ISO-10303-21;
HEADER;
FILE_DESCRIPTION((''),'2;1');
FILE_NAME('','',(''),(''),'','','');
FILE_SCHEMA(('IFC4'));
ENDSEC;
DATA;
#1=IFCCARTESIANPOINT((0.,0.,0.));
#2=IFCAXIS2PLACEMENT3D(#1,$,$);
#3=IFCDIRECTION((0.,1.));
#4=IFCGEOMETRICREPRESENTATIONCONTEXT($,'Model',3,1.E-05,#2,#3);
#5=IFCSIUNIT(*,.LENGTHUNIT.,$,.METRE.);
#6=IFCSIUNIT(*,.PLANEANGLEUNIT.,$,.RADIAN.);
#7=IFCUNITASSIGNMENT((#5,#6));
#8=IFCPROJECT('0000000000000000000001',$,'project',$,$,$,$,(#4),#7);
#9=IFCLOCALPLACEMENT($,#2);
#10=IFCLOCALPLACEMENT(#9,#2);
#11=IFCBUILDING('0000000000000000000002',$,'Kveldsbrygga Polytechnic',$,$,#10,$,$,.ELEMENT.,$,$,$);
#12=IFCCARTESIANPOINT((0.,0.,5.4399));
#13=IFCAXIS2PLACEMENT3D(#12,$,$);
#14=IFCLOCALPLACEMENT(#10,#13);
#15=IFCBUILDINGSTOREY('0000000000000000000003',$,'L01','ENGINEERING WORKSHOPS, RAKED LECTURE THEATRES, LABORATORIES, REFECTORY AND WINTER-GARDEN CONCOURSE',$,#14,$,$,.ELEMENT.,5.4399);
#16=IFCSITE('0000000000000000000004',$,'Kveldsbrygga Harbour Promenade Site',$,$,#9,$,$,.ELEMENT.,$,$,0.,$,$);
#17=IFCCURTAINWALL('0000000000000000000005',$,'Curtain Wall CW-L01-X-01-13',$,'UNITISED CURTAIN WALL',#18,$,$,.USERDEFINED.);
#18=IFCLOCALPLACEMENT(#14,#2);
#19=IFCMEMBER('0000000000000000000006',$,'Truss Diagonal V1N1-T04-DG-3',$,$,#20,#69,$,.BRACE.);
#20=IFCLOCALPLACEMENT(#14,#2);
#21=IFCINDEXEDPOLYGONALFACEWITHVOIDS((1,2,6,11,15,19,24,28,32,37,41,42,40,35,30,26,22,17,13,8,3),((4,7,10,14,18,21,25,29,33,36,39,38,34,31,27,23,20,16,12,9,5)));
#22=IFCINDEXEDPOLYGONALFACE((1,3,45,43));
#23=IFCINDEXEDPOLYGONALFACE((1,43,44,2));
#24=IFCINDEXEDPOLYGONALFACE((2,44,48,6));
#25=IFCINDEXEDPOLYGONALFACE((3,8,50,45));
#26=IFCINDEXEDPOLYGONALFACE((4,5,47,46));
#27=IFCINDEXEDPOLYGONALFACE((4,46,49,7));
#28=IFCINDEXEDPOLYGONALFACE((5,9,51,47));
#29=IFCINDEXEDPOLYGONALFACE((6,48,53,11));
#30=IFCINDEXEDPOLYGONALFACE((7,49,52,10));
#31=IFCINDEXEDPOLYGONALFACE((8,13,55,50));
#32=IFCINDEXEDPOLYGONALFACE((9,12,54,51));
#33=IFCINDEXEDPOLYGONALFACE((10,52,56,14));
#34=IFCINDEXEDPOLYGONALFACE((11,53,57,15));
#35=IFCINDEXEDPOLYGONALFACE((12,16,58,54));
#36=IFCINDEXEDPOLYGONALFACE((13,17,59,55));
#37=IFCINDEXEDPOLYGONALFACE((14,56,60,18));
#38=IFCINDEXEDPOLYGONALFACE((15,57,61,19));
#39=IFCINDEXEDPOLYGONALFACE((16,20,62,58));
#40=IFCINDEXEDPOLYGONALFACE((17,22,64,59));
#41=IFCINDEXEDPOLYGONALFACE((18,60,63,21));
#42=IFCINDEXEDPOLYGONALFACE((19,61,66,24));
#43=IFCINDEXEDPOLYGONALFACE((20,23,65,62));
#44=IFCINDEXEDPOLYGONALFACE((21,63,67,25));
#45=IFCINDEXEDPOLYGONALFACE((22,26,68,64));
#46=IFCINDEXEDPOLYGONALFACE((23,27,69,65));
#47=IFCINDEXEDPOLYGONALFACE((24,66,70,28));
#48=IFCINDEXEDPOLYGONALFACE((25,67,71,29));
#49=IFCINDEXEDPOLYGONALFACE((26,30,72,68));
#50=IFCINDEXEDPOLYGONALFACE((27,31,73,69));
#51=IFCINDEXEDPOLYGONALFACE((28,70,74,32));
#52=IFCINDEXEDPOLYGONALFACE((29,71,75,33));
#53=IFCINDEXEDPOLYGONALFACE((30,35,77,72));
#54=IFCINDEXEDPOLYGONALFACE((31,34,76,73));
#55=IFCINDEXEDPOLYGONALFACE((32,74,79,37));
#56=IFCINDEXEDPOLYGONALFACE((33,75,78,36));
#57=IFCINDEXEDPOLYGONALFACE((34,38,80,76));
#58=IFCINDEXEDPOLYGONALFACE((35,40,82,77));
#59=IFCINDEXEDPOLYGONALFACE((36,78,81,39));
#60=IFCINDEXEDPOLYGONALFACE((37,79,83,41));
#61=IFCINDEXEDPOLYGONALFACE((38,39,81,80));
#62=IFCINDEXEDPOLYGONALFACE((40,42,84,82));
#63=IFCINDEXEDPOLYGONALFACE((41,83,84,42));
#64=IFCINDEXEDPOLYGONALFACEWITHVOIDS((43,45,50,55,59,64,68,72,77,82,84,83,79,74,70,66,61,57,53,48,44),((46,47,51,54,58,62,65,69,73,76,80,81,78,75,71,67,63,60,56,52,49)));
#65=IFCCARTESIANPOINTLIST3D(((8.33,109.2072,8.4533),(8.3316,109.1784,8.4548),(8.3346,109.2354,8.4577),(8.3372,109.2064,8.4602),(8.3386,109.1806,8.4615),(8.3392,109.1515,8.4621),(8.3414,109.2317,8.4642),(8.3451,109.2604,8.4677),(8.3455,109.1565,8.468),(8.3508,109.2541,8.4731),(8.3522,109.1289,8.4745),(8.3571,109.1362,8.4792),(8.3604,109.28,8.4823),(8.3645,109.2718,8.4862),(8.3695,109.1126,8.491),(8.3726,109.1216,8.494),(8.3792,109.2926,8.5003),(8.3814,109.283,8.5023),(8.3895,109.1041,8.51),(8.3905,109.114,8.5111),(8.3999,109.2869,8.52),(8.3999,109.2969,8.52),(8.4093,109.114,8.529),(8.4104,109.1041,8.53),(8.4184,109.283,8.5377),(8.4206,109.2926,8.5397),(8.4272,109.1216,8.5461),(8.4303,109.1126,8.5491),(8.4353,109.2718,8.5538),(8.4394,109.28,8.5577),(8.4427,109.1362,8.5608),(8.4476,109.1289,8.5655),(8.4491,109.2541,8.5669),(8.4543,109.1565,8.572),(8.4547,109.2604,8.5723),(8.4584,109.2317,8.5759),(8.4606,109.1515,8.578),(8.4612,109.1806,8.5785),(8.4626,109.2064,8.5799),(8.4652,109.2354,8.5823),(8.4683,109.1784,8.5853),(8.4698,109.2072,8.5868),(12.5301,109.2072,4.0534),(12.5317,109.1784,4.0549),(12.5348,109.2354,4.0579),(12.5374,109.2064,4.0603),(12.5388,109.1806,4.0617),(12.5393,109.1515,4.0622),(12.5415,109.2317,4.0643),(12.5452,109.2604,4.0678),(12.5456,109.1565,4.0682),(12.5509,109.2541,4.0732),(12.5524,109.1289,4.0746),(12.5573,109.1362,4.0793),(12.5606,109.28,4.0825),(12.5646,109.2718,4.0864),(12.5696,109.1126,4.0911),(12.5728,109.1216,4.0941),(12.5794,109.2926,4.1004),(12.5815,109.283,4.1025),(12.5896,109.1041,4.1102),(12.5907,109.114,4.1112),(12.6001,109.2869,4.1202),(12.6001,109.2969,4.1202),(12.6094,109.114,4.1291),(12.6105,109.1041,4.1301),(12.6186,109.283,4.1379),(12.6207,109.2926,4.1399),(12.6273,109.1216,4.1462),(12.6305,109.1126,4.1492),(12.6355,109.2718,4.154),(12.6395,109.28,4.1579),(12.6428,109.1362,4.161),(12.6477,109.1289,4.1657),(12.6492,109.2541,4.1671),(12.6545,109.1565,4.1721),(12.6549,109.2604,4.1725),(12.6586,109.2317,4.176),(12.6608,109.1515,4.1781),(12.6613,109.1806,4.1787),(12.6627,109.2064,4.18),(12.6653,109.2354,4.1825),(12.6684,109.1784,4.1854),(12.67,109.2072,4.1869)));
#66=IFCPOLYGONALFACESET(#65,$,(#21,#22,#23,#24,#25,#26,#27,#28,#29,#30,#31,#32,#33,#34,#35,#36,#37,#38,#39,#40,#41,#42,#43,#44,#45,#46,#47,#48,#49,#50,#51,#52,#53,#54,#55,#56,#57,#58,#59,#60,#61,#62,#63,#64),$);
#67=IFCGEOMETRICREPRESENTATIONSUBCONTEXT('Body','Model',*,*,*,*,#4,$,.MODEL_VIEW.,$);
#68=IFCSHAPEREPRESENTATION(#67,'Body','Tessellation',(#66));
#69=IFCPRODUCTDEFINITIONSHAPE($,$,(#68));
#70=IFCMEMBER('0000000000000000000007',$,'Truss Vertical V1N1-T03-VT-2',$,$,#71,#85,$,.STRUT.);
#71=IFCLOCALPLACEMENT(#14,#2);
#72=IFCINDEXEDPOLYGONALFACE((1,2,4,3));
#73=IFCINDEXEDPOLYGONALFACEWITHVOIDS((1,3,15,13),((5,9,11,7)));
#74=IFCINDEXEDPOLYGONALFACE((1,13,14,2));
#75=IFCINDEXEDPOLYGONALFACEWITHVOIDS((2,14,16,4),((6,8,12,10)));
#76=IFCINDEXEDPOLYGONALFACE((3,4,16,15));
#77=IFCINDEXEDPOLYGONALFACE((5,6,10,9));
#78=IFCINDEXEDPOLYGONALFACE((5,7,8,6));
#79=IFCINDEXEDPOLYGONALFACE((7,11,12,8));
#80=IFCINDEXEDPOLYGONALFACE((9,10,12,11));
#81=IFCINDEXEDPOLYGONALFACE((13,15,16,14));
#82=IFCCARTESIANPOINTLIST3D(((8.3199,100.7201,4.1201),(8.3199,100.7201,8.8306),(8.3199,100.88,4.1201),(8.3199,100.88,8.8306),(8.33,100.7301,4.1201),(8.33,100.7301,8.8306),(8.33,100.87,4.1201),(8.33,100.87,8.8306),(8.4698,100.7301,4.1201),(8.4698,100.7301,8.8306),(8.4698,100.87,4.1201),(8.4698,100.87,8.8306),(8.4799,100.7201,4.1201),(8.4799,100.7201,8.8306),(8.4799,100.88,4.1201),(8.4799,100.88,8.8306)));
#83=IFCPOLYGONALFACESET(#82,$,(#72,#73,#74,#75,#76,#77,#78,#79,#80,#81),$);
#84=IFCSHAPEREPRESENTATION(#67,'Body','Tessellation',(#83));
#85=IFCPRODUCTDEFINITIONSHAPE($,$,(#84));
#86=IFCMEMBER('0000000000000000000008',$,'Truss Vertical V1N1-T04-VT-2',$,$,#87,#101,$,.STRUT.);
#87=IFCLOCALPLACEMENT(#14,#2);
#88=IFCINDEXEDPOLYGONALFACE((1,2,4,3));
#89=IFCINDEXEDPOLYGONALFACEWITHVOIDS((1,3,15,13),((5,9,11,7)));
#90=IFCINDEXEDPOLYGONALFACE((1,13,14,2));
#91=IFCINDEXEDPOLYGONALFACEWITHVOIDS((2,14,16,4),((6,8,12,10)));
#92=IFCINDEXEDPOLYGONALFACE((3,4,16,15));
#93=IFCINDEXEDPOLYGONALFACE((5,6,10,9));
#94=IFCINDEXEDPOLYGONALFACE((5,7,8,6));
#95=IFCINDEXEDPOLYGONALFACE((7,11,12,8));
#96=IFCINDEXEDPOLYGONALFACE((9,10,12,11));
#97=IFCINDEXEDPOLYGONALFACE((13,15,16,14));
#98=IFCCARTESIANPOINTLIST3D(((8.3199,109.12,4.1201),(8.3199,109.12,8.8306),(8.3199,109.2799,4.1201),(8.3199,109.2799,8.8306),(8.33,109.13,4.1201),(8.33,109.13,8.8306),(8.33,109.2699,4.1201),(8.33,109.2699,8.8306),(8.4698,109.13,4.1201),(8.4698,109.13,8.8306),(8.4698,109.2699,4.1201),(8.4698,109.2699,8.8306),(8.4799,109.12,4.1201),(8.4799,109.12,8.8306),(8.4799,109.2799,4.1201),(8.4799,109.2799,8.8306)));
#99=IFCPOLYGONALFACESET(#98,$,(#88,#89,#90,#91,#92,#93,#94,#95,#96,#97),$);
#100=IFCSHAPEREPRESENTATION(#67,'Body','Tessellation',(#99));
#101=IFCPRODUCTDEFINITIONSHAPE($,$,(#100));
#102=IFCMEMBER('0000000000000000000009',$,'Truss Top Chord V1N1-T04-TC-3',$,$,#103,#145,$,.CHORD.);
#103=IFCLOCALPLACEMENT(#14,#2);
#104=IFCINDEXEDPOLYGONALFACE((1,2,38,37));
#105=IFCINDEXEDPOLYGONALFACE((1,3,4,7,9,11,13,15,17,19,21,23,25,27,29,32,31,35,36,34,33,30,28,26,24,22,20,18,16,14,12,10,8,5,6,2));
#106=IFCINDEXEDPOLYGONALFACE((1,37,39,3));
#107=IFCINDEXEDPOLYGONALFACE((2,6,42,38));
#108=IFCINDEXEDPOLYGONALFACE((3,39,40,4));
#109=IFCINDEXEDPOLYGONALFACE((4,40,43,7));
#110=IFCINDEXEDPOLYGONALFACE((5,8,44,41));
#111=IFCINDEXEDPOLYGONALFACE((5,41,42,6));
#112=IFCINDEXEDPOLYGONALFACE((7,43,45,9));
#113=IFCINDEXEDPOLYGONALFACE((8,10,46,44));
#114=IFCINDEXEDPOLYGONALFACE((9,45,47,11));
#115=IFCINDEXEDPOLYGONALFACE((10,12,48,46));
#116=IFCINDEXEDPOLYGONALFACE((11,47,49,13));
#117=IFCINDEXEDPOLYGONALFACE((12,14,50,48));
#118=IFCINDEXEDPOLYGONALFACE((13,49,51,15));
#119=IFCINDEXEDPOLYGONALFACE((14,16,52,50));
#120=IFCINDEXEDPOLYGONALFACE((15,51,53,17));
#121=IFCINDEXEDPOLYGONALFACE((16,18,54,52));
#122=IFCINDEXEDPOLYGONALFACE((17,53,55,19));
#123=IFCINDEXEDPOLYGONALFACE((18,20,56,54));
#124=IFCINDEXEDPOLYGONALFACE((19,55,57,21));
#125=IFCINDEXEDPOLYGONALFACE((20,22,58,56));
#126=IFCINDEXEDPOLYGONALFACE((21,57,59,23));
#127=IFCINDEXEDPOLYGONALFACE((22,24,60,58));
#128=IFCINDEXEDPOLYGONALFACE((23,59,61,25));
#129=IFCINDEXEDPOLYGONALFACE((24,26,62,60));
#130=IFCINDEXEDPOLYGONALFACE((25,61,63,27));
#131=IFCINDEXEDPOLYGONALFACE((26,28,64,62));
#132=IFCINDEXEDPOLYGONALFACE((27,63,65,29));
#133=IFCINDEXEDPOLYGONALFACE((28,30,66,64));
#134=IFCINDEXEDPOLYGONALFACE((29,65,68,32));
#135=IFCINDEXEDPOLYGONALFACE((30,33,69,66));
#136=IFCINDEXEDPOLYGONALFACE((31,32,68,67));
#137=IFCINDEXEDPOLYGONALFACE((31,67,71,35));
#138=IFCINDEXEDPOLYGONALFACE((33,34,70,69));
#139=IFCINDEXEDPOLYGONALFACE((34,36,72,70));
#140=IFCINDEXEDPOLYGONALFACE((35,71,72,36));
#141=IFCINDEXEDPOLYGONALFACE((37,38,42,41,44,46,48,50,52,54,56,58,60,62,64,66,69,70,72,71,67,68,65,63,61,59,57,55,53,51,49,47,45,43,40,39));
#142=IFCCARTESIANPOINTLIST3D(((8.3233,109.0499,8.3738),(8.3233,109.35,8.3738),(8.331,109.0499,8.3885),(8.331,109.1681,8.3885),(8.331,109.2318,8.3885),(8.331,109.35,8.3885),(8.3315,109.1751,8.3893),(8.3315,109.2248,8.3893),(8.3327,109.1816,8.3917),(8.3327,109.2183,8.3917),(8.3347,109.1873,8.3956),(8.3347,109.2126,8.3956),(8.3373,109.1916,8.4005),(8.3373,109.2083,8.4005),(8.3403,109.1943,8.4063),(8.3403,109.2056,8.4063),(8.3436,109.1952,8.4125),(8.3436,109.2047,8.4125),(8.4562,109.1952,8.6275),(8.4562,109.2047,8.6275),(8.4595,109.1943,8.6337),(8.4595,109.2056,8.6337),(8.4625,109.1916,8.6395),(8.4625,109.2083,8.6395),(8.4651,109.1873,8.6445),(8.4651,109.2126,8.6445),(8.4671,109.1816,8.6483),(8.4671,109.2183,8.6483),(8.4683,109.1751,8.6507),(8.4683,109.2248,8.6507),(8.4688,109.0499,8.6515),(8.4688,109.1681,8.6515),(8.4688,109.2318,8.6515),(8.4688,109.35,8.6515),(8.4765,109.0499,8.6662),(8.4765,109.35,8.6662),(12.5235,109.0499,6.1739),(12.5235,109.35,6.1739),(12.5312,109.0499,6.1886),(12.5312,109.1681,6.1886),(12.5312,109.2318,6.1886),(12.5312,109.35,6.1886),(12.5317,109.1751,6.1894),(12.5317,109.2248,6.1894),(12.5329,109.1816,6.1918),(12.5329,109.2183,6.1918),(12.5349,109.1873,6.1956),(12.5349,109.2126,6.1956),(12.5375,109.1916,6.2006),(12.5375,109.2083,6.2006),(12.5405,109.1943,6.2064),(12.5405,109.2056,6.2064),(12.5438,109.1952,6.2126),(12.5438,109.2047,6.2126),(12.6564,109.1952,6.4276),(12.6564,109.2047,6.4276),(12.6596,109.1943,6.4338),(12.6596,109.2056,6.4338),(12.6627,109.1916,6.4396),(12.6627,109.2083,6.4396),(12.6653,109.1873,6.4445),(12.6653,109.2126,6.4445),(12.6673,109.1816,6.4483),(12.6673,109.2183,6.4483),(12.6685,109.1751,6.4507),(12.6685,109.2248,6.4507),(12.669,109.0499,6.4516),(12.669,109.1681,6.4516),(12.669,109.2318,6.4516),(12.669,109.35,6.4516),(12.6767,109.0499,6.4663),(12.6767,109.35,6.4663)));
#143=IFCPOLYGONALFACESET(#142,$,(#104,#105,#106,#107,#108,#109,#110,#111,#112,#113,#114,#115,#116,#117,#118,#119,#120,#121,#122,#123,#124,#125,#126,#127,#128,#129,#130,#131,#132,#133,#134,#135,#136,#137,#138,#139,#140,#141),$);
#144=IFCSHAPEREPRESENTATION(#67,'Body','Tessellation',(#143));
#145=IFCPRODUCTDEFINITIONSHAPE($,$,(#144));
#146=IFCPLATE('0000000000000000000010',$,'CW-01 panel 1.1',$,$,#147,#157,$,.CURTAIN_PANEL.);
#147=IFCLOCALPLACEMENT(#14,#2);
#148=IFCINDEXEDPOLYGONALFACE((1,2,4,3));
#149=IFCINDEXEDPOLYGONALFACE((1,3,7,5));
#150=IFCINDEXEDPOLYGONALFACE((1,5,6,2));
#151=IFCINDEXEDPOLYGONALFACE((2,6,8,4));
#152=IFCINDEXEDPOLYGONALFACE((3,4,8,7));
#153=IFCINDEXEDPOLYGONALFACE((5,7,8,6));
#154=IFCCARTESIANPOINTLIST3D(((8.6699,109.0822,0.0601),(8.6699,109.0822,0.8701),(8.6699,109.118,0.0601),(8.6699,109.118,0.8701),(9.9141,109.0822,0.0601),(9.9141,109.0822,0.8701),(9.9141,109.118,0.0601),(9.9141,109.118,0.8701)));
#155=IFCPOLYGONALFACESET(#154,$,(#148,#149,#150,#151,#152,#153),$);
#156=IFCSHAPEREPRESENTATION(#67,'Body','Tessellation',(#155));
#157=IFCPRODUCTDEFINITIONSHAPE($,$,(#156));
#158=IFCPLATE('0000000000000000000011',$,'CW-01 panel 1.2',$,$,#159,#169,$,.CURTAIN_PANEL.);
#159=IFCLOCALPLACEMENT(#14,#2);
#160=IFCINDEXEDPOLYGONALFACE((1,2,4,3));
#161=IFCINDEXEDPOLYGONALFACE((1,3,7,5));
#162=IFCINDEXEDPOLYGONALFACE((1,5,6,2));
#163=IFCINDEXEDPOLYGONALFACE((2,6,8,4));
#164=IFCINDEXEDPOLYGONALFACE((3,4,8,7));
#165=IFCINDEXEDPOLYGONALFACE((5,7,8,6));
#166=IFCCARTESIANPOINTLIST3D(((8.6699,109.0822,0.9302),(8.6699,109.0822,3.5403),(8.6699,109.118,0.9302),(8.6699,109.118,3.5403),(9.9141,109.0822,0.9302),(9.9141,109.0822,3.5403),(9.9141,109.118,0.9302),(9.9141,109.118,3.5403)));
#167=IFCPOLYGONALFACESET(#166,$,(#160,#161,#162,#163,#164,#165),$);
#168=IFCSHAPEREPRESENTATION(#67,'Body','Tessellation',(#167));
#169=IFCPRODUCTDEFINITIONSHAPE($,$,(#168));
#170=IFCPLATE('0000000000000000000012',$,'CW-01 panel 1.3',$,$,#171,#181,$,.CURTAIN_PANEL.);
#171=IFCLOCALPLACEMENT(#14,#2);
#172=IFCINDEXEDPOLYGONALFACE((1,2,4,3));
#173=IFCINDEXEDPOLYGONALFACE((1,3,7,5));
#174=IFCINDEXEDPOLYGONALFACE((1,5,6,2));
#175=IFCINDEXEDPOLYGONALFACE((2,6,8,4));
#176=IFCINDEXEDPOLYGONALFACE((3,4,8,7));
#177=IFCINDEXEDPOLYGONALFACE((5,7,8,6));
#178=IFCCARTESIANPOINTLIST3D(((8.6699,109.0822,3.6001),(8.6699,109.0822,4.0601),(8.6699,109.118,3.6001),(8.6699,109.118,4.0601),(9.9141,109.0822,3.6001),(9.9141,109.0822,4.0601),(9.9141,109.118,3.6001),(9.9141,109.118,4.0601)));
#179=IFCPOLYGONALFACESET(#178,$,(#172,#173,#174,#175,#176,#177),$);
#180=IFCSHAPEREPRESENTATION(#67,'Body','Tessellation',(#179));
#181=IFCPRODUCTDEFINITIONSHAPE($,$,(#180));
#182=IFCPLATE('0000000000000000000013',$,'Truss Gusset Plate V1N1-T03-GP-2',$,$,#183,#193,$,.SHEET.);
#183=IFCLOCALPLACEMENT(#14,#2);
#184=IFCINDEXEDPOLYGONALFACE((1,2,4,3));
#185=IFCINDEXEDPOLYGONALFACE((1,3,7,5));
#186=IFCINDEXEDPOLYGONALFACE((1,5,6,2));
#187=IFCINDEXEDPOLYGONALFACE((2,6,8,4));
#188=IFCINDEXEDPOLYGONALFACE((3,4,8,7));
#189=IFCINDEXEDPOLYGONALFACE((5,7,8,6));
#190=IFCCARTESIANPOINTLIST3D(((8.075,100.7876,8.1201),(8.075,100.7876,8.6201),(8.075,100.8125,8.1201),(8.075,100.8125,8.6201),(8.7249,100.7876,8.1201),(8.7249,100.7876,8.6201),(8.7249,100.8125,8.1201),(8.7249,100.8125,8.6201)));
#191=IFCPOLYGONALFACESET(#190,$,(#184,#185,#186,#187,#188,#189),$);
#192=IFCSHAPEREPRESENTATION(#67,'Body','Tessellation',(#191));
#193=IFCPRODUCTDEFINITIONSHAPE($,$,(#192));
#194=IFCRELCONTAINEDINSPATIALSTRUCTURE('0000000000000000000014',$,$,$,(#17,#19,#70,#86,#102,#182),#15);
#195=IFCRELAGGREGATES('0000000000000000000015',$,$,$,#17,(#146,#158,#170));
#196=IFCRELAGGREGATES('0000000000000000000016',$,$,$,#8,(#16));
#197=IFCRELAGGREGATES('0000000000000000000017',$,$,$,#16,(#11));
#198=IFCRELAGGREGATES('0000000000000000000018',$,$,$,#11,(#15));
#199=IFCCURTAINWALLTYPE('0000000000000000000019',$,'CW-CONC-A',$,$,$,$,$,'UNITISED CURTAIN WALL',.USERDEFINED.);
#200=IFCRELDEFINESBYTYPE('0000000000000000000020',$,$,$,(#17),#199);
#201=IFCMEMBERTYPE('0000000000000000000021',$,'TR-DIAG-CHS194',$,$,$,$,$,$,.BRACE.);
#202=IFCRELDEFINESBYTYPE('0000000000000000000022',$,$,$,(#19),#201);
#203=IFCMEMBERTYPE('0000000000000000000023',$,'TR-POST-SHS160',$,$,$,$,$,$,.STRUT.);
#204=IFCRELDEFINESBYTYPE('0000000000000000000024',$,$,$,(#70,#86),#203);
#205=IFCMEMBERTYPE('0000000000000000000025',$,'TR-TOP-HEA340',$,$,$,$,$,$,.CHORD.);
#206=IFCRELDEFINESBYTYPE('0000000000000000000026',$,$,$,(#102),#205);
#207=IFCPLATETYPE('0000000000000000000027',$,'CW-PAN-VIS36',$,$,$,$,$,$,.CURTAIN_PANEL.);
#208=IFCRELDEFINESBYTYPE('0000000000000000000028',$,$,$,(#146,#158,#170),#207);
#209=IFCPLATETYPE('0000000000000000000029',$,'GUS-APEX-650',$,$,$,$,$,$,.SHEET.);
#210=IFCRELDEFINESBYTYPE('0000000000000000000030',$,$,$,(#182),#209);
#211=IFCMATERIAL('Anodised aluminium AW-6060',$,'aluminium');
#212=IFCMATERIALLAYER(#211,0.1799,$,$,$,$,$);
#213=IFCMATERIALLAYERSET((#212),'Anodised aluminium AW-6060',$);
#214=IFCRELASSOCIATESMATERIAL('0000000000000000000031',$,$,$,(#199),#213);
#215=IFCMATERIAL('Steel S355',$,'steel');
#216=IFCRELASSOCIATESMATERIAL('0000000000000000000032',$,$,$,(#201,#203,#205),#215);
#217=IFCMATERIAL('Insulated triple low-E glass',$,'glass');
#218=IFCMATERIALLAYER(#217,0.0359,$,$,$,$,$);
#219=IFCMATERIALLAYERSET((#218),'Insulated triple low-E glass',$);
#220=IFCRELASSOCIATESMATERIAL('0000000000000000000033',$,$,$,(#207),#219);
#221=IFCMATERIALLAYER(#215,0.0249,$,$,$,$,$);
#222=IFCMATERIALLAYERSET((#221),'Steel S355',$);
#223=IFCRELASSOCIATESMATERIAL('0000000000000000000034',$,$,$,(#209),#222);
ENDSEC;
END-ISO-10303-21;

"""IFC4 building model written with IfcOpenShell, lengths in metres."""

from ifc_helpers import new_model, si_unit, direction, frame, origin, origin_2d, place, context, subcontext, project, spatial, rectangle, hollow_rectangle, hollow_circle, i_section, extrude, material, layer, layer_set, material_profile, profile_set, type_object, element, aggregate, save


model = new_model("IFC4")

# Units and contexts
model_context = context("Model", 3, precision=1e-05, world=origin(), true_north=direction((0.0, 1.0)))
body_context = subcontext(model_context, "Body", "Model", "MODEL_VIEW")
ifc_project = project(units=[si_unit("LENGTHUNIT", "METRE"), si_unit("PLANEANGLEUNIT", "RADIAN")], contexts=[model_context])

# Site, building, storey
site_placement = place(None, origin())
site = spatial("IfcSite", under=ifc_project, at=site_placement, Name="Kveldsbrygga Harbour Promenade Site", CompositionType="ELEMENT", RefElevation=0.0)
building_placement = place(site_placement, origin())
building = spatial("IfcBuilding", under=site, at=building_placement, Name="Kveldsbrygga Polytechnic", CompositionType="ELEMENT")
storey_placement = place(building_placement, frame((0.0, 0.0, 5.4399)))
storey = spatial("IfcBuildingStorey", under=building, at=storey_placement, Name="L01", Description="ENGINEERING WORKSHOPS, RAKED LECTURE THEATRES, LABORATORIES, REFECTORY AND WINTER-GARDEN CONCOURSE", CompositionType="ELEMENT", Elevation=5.4399)

# Curtain wall
ifc_material_1 = material(Name="Anodised aluminium AW-6060", Category="aluminium")
ifc_layer_1 = layer(ifc_material_1, 0.1799)
ifc_layer_set_1 = layer_set([ifc_layer_1], Name="Anodised aluminium AW-6060")
curtain_wall_type = type_object("IfcCurtainWallType", Name="CW-CONC-A", ElementType="UNITISED CURTAIN WALL", PredefinedType="USERDEFINED", material=ifc_layer_set_1)
curtain_wall_placement = place(storey_placement, origin())
curtain_wall = element("IfcCurtainWall", 1, at=curtain_wall_placement, inside=storey, type_object=curtain_wall_type, Name="Curtain Wall CW-L01-X-01-13", ObjectType="UNITISED CURTAIN WALL", PredefinedType="USERDEFINED")

# Members
ifc_material_2 = material(Name="Steel S355", Category="steel")
ifc_material_profile_1 = material_profile(ifc_material_2, hollow_circle(Radius=0.0969, WallThickness=0.01, at=origin_2d()), Name="CHS 193.7x10.0")
ifc_profile_set_1 = profile_set([ifc_material_profile_1], Name="Steel S355")
member_type_1 = type_object("IfcMemberType", Name="TR-DIAG-CHS194", PredefinedType="BRACE", material=ifc_profile_set_1)
member_1_placement = place(storey_placement, frame((8.3999, 109.2, 8.52), z_axis=(0.690501, 0.0, -0.723332), x_axis=(0.0, 1.0, 0.0)))
element("IfcMember", 2, at=member_1_placement, inside=storey, type_object=member_type_1, Name="Truss Diagonal V1N1-T04-DG-3", PredefinedType="BRACE", context=body_context, shape_type="SweptSolid", body=[
    extrude(hollow_circle(Radius=0.0969, WallThickness=0.01, at=origin_2d()), origin(), (0.0, 0.0, 1.0), 6.0828),
])
ifc_material_profile_2 = material_profile(ifc_material_2, hollow_rectangle(XDim=0.1599, YDim=0.1599, WallThickness=0.01, at=origin_2d()), Name="SHS 160x160x10.0")
ifc_profile_set_2 = profile_set([ifc_material_profile_2], Name="Steel S355")
member_type_2 = type_object("IfcMemberType", Name="TR-POST-SHS160", PredefinedType="STRUT", material=ifc_profile_set_2)
for number, where, z_axis, x_axis, name in (
    (3, (8.3999, 100.8, 4.1201), (0.0, 0.0, 1.0), (1.0, 0.0, 0.0), "Truss Vertical V1N1-T03-VT-2"),
    (4, (8.3999, 109.2, 4.1201), (0.0, 0.0, 1.0), (1.0, 0.0, 0.0), "Truss Vertical V1N1-T04-VT-2"),
):
    element("IfcMember", number, at=place(storey_placement, frame(where, z_axis=z_axis, x_axis=x_axis)), inside=storey, type_object=member_type_2, Name=name, PredefinedType="STRUT", context=body_context, shape_type="SweptSolid", body=[
        extrude(hollow_rectangle(XDim=0.1599, YDim=0.1599, WallThickness=0.01, at=origin_2d()), origin(), (0.0, 0.0, 1.0), 4.7104),
    ])
ifc_material_profile_3 = material_profile(ifc_material_2, i_section(OverallWidth=0.3, OverallDepth=0.3301, WebThickness=0.0095, FlangeThickness=0.0166, FilletRadius=0.0271, at=origin_2d()), Name="HEA 340")
ifc_profile_set_3 = profile_set([ifc_material_profile_3], Name="Steel S355")
member_type_3 = type_object("IfcMemberType", Name="TR-TOP-HEA340", PredefinedType="CHORD", material=ifc_profile_set_3)
member_2_placement = place(storey_placement, frame((8.3999, 109.2, 8.52), z_axis=(0.885845, 0.0, -0.463982), x_axis=(0.0, 1.0, 0.0)))
element("IfcMember", 5, at=member_2_placement, inside=storey, type_object=member_type_3, Name="Truss Top Chord V1N1-T04-TC-3", PredefinedType="CHORD", context=body_context, shape_type="SweptSolid", body=[
    extrude(i_section(OverallWidth=0.3, OverallDepth=0.3301, WebThickness=0.0095, FlangeThickness=0.0166, FilletRadius=0.0271, at=origin_2d()), origin(), (0.0, 0.0, 1.0), 4.7415),
])

# Plates
ifc_material_3 = material(Name="Insulated triple low-E glass", Category="glass")
ifc_layer_2 = layer(ifc_material_3, 0.0359)
ifc_layer_set_2 = layer_set([ifc_layer_2], Name="Insulated triple low-E glass")
plate_type_1 = type_object("IfcPlateType", Name="CW-PAN-VIS36", PredefinedType="CURTAIN_PANEL", material=ifc_layer_set_2)
plate_1_placement = place(storey_placement, frame((9.292, 109.1001, 0.0601), z_axis=(0.0, 0.0, 1.0), x_axis=(1.0, 0.0, 0.0)))
plate_1 = element("IfcPlate", 6, at=plate_1_placement, type_object=plate_type_1, Name="CW-01 panel 1.1", PredefinedType="CURTAIN_PANEL", context=body_context, shape_type="SweptSolid", body=[
    extrude(rectangle(XDim=1.2441, YDim=0.0359, at=origin_2d()), origin(), (0.0, 0.0, 1.0), 0.8101),
])
plate_2_placement = place(storey_placement, frame((9.292, 109.1001, 0.9302), z_axis=(0.0, 0.0, 1.0), x_axis=(1.0, 0.0, 0.0)))
plate_2 = element("IfcPlate", 7, at=plate_2_placement, type_object=plate_type_1, Name="CW-01 panel 1.2", PredefinedType="CURTAIN_PANEL", context=body_context, shape_type="SweptSolid", body=[
    extrude(rectangle(XDim=1.2441, YDim=0.0359, at=origin_2d()), origin(), (0.0, 0.0, 1.0), 2.6101),
])
plate_3_placement = place(storey_placement, frame((9.292, 109.1001, 3.6001), z_axis=(0.0, 0.0, 1.0), x_axis=(1.0, 0.0, 0.0)))
plate_3 = element("IfcPlate", 8, at=plate_3_placement, type_object=plate_type_1, Name="CW-01 panel 1.3", PredefinedType="CURTAIN_PANEL", context=body_context, shape_type="SweptSolid", body=[
    extrude(rectangle(XDim=1.2441, YDim=0.0359, at=origin_2d()), origin(), (0.0, 0.0, 1.0), 0.46),
])
aggregate(curtain_wall, [plate_1, plate_2, plate_3])

# Plate
ifc_layer_3 = layer(ifc_material_2, 0.0249)
ifc_layer_set_3 = layer_set([ifc_layer_3], Name="Steel S355")
plate_type_2 = type_object("IfcPlateType", Name="GUS-APEX-650", PredefinedType="SHEET", material=ifc_layer_set_3)
for number, where, z_axis, x_axis, name in (
    (9, (8.3999, 100.8, 8.1201), (0.0, 0.0, 1.0), (1.0, 0.0, 0.0), "Truss Gusset Plate V1N1-T03-GP-2"),
):
    element("IfcPlate", number, at=place(storey_placement, frame(where, z_axis=z_axis, x_axis=x_axis)), inside=storey, type_object=plate_type_2, Name=name, PredefinedType="SHEET", context=body_context, shape_type="SweptSolid", body=[
        extrude(rectangle(XDim=0.6499, YDim=0.0249, at=origin_2d()), origin(), (0.0, 0.0, 1.0), 0.5),
    ])

save(model, "model.ifc")
